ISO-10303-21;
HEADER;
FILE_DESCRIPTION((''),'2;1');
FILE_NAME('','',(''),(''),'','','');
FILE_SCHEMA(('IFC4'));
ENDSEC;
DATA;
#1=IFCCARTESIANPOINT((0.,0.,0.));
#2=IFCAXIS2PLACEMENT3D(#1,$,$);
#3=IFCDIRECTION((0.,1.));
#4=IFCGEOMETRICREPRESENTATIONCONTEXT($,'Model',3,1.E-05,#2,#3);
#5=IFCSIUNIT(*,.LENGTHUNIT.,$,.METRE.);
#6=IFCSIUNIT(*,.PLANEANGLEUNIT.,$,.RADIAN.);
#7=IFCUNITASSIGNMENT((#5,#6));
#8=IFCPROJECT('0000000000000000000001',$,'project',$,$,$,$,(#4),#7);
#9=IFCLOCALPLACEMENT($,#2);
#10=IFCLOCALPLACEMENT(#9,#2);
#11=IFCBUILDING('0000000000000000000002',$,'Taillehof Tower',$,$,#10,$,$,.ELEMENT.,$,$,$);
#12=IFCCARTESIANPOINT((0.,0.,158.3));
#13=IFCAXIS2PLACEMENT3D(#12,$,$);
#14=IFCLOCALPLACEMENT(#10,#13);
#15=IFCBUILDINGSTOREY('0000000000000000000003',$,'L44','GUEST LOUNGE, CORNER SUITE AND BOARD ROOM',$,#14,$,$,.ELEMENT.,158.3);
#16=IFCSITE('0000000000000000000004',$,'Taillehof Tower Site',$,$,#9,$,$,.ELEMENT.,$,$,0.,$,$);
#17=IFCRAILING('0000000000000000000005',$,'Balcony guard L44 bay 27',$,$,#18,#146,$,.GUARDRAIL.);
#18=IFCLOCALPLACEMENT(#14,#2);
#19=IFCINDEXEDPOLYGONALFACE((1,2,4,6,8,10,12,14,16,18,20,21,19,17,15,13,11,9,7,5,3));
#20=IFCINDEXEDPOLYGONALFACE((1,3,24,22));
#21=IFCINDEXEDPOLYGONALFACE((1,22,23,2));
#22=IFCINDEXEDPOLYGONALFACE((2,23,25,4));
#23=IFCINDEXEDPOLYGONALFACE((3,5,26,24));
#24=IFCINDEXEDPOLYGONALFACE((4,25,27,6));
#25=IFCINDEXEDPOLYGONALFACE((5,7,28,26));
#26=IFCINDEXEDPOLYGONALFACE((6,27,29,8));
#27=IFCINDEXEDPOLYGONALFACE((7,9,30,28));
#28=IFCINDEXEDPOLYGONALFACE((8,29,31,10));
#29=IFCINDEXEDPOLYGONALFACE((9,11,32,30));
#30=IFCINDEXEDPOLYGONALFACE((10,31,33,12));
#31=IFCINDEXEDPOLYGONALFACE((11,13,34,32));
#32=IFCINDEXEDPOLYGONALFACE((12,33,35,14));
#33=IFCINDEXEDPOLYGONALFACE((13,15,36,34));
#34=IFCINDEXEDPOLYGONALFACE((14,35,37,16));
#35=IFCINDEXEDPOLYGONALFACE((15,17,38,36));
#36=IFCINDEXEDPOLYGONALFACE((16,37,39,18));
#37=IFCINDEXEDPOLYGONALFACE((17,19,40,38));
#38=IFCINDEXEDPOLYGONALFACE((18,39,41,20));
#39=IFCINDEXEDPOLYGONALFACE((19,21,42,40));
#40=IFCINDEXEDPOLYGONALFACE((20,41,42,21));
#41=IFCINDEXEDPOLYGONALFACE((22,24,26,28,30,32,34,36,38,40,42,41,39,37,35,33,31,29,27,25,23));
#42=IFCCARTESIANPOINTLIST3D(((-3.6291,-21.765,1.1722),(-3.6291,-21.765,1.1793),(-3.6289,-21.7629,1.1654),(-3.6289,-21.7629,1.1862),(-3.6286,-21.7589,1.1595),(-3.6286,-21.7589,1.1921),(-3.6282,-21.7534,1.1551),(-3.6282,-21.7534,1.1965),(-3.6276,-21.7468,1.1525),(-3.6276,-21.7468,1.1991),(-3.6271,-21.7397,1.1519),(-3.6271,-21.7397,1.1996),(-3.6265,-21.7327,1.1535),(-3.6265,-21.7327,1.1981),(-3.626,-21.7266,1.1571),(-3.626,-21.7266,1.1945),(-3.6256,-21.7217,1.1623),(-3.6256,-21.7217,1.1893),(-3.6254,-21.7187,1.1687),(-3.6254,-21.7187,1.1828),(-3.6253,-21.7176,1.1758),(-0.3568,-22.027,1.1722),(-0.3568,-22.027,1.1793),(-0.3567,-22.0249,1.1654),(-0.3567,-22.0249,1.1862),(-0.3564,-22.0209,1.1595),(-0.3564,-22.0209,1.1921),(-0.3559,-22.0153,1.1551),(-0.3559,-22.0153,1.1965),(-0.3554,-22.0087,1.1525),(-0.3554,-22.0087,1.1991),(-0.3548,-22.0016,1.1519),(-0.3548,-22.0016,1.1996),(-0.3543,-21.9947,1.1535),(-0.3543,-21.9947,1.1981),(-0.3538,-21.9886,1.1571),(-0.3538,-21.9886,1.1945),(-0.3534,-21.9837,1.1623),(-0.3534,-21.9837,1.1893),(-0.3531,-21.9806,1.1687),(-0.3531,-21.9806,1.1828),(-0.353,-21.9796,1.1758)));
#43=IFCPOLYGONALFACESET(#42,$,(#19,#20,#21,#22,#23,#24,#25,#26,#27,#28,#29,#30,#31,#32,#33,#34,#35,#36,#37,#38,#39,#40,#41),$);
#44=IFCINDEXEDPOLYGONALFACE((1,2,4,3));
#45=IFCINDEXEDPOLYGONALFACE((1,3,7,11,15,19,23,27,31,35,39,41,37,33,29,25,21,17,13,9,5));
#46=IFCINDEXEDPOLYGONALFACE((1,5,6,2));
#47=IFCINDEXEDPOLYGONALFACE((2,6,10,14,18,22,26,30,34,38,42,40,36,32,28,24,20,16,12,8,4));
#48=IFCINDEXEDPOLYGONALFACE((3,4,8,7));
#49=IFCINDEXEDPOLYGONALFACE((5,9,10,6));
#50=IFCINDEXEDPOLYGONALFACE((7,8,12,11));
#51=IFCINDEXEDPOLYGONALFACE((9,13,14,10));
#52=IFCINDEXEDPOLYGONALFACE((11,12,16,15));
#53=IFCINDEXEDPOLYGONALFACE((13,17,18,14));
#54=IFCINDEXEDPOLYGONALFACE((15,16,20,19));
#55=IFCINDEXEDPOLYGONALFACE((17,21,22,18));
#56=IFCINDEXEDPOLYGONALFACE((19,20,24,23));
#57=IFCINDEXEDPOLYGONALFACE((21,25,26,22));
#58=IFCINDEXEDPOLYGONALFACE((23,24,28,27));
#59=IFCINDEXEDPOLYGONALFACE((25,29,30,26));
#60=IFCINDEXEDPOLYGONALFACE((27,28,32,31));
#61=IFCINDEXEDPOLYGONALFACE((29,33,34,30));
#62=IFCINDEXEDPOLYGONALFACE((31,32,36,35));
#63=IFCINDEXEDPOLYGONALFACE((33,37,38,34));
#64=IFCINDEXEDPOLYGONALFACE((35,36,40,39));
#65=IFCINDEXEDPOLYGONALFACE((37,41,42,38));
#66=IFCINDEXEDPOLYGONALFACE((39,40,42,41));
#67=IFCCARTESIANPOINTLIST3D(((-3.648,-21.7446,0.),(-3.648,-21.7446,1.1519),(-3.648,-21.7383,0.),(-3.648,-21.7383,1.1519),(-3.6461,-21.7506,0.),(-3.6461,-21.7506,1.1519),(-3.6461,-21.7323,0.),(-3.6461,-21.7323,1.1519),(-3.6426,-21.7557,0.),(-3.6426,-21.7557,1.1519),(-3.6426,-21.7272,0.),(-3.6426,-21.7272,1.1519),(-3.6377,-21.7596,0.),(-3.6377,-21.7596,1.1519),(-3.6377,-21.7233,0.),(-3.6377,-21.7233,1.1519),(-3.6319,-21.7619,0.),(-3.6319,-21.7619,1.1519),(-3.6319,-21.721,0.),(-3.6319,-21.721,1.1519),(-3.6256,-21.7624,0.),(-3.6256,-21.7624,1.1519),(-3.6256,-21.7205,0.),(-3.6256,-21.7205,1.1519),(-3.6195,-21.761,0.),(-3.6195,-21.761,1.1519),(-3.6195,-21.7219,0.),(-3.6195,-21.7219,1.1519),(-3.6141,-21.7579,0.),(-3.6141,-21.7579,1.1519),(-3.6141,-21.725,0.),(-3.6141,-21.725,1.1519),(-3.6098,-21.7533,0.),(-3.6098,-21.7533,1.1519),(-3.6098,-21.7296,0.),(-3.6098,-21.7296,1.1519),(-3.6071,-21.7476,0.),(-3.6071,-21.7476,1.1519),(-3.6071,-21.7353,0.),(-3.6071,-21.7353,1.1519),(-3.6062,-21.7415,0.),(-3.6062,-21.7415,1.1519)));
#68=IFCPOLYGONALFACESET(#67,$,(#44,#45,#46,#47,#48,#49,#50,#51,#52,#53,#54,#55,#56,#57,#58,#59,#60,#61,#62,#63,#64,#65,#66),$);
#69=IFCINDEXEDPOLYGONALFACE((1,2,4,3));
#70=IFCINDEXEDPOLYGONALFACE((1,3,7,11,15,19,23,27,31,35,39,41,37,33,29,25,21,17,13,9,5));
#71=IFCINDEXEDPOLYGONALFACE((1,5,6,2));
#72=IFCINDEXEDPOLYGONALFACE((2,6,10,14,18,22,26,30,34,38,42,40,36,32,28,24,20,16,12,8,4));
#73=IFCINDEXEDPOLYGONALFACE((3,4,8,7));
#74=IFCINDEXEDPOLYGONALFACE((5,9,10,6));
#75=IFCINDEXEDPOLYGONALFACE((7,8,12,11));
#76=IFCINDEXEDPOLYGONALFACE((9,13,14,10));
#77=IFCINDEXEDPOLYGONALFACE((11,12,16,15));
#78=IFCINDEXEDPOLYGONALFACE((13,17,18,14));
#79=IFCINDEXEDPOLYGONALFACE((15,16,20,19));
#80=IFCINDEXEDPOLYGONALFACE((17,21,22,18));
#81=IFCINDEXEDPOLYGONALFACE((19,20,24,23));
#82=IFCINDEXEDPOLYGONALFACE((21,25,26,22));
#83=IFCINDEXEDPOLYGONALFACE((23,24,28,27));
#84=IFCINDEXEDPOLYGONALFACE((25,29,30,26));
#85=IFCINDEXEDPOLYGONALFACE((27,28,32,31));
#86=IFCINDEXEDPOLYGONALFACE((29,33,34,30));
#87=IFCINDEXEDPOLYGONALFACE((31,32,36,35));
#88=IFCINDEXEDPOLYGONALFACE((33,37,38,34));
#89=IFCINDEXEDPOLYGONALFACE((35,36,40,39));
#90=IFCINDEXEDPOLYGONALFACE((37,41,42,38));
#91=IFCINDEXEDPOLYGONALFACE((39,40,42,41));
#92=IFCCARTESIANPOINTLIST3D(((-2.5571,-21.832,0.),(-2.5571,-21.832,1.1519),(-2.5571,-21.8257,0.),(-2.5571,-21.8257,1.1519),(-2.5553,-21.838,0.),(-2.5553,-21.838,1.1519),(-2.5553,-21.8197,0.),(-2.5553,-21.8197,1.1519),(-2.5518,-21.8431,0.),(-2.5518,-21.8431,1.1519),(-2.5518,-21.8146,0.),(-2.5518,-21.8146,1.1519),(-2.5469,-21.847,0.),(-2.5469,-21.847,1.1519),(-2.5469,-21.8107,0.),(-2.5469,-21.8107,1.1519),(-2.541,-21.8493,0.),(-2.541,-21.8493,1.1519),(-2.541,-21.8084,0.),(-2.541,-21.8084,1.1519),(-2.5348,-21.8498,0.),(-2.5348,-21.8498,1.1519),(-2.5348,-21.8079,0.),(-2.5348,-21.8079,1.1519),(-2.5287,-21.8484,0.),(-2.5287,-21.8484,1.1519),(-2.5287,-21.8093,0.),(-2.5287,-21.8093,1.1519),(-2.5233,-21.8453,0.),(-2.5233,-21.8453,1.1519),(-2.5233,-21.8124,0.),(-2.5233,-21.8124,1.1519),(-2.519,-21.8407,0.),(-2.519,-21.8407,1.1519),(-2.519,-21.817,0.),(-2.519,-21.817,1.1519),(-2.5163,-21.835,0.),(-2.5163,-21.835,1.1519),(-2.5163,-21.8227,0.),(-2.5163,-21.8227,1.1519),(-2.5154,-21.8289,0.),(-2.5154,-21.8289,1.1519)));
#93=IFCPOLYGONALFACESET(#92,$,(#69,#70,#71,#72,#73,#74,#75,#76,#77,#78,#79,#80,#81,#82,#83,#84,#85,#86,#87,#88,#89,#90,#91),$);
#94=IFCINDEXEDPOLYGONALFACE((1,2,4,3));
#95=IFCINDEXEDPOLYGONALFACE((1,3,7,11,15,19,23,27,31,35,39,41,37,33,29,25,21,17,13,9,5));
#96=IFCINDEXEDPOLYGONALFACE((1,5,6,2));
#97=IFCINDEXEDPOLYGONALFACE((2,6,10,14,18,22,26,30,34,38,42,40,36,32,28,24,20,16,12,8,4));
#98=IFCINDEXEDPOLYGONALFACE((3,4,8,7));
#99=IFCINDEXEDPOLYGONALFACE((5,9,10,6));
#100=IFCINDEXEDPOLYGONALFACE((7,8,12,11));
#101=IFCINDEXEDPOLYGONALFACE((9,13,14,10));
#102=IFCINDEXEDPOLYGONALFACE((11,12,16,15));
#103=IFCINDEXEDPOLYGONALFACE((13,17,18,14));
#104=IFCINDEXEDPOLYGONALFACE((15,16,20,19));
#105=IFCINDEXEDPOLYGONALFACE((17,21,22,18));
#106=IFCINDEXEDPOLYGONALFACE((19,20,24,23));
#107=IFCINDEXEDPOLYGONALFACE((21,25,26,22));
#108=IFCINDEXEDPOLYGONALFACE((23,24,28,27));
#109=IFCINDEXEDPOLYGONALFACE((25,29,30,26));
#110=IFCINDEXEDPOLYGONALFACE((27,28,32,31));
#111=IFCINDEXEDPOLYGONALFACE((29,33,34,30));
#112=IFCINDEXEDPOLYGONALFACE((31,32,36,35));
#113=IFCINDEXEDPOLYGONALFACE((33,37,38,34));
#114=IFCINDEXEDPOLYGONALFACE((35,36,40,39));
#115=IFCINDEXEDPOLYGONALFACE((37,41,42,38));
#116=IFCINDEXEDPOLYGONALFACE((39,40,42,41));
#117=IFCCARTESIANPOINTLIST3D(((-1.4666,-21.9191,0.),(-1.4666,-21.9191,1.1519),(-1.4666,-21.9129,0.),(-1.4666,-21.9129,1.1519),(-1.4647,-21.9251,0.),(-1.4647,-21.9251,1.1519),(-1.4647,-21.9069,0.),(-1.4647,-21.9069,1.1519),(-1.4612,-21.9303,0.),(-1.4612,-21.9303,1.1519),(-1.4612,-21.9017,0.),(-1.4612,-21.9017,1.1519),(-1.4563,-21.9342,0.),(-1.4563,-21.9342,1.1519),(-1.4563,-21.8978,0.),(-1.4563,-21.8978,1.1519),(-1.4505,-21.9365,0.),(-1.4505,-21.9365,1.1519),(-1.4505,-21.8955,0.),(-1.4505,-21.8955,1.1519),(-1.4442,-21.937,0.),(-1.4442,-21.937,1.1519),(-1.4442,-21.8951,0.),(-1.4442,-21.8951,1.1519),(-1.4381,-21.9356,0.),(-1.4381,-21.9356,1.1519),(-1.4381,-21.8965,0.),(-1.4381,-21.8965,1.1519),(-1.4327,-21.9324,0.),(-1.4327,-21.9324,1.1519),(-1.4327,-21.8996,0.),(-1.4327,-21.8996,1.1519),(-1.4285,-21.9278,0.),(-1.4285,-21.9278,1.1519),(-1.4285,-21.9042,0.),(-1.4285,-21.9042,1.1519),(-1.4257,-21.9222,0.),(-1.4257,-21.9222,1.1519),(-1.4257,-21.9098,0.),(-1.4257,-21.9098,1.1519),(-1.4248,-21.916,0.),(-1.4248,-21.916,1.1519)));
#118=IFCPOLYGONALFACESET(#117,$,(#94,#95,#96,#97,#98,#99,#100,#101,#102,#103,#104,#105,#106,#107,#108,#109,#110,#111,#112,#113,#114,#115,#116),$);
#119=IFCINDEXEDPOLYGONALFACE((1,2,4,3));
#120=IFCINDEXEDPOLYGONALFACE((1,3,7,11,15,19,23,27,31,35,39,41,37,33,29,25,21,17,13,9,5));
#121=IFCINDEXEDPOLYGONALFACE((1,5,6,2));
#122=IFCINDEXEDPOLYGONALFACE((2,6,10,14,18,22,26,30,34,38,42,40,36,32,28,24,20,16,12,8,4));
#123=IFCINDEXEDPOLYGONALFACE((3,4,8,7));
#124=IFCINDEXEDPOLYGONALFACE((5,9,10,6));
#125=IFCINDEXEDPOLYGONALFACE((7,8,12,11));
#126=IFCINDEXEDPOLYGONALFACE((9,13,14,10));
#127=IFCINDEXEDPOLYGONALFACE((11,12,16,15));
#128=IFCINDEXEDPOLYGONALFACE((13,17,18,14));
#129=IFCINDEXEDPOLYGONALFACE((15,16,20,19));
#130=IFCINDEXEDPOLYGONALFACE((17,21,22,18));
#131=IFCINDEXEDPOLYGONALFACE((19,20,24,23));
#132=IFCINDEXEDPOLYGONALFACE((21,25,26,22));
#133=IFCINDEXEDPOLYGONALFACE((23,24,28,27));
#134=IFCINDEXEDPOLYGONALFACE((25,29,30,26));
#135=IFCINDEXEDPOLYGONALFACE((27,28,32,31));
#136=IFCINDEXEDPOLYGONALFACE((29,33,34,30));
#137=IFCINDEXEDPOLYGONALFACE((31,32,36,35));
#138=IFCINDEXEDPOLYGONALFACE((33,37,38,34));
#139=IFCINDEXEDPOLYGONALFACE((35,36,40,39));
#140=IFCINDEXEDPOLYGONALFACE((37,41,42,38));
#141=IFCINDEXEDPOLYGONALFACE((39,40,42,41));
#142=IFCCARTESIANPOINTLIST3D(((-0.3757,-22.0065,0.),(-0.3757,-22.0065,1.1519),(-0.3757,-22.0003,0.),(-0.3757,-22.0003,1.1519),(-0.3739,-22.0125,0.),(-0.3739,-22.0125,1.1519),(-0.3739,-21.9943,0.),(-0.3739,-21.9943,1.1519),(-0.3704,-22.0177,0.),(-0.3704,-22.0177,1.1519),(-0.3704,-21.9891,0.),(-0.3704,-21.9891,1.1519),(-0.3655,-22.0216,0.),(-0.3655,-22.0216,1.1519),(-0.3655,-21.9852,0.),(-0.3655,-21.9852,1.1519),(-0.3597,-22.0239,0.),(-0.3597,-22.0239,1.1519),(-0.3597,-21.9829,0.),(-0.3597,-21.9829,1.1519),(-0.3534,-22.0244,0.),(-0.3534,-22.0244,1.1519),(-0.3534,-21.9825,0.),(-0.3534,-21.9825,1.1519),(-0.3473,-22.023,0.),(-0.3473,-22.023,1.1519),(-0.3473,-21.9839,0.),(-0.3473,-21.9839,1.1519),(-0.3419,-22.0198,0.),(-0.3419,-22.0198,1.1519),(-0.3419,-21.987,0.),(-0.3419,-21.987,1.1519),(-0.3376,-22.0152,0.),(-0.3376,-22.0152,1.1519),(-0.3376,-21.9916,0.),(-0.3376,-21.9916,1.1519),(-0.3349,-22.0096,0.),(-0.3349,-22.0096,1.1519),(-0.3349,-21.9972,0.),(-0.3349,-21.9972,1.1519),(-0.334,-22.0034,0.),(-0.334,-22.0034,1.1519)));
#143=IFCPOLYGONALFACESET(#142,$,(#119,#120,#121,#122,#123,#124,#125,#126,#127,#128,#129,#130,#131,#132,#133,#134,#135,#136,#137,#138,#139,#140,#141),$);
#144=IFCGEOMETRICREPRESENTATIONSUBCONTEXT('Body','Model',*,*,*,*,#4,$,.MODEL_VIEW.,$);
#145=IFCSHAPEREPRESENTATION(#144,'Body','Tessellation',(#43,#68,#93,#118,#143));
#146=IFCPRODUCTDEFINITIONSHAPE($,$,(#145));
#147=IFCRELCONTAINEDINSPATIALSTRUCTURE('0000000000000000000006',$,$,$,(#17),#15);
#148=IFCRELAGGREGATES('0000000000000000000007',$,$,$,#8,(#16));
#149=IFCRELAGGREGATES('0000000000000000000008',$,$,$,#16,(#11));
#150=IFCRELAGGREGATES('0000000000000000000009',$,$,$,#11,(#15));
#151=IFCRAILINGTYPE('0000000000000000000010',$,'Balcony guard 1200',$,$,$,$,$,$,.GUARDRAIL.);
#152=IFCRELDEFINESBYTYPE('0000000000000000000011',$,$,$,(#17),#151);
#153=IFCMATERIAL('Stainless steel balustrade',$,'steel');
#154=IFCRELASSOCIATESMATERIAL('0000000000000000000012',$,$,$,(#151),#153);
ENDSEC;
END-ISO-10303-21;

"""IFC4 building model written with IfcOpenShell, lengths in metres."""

from ifc_helpers import new_model, si_unit, direction, frame, origin, origin_2d, place, context, subcontext, project, spatial, circle, extrude, material, type_object, element, save


model = new_model("IFC4")

# Units and contexts
model_context = context("Model", 3, precision=1e-05, world=origin(), true_north=direction((0.0, 1.0)))
body_context = subcontext(model_context, "Body", "Model", "MODEL_VIEW")
ifc_project = project(units=[si_unit("LENGTHUNIT", "METRE"), si_unit("PLANEANGLEUNIT", "RADIAN")], contexts=[model_context])

# Site, building, storey
site_placement = place(None, origin())
site = spatial("IfcSite", under=ifc_project, at=site_placement, Name="Taillehof Tower Site", CompositionType="ELEMENT", RefElevation=0.0)
building_placement = place(site_placement, origin())
building = spatial("IfcBuilding", under=site, at=building_placement, Name="Taillehof Tower", CompositionType="ELEMENT")
storey_placement = place(building_placement, frame((0.0, 0.0, 158.3)))
storey = spatial("IfcBuildingStorey", under=building, at=storey_placement, Name="L44", Description="GUEST LOUNGE, CORNER SUITE AND BOARD ROOM", CompositionType="ELEMENT", Elevation=158.3)

# Railing
ifc_material_1 = material(Name="Stainless steel balustrade", Category="steel")
railing_type = type_object("IfcRailingType", Name="Balcony guard 1200", PredefinedType="GUARDRAIL", material=ifc_material_1)
railing_placement = place(storey_placement, frame((-3.6272, -21.7415, 0.0)))
element("IfcRailing", 1, at=railing_placement, inside=storey, type_object=railing_type, Name="Balcony guard L44 bay 27", PredefinedType="GUARDRAIL", context=body_context, shape_type="SweptSolid", body=[
    extrude(circle(Radius=0.0239, at=origin_2d()), frame((0.0, 0.0, 1.1758), z_axis=(0.996811, -0.079801, 0.0), x_axis=(0.079801, 0.996811, 0.0)), (0.0, 0.0, 1.0), 3.2827),
    extrude(circle(Radius=0.021, at=origin_2d()), origin(), (0.0, 0.0, 1.0), 1.1519),
    extrude(circle(Radius=0.021, at=origin_2d()), frame((1.0908, -0.0874, 0.0)), (0.0, 0.0, 1.0), 1.1519),
    extrude(circle(Radius=0.021, at=origin_2d()), frame((2.1814, -0.1746, 0.0)), (0.0, 0.0, 1.0), 1.1519),
    extrude(circle(Radius=0.021, at=origin_2d()), frame((3.2722, -0.262, 0.0)), (0.0, 0.0, 1.0), 1.1519),
])

save(model, "model.ifc")
